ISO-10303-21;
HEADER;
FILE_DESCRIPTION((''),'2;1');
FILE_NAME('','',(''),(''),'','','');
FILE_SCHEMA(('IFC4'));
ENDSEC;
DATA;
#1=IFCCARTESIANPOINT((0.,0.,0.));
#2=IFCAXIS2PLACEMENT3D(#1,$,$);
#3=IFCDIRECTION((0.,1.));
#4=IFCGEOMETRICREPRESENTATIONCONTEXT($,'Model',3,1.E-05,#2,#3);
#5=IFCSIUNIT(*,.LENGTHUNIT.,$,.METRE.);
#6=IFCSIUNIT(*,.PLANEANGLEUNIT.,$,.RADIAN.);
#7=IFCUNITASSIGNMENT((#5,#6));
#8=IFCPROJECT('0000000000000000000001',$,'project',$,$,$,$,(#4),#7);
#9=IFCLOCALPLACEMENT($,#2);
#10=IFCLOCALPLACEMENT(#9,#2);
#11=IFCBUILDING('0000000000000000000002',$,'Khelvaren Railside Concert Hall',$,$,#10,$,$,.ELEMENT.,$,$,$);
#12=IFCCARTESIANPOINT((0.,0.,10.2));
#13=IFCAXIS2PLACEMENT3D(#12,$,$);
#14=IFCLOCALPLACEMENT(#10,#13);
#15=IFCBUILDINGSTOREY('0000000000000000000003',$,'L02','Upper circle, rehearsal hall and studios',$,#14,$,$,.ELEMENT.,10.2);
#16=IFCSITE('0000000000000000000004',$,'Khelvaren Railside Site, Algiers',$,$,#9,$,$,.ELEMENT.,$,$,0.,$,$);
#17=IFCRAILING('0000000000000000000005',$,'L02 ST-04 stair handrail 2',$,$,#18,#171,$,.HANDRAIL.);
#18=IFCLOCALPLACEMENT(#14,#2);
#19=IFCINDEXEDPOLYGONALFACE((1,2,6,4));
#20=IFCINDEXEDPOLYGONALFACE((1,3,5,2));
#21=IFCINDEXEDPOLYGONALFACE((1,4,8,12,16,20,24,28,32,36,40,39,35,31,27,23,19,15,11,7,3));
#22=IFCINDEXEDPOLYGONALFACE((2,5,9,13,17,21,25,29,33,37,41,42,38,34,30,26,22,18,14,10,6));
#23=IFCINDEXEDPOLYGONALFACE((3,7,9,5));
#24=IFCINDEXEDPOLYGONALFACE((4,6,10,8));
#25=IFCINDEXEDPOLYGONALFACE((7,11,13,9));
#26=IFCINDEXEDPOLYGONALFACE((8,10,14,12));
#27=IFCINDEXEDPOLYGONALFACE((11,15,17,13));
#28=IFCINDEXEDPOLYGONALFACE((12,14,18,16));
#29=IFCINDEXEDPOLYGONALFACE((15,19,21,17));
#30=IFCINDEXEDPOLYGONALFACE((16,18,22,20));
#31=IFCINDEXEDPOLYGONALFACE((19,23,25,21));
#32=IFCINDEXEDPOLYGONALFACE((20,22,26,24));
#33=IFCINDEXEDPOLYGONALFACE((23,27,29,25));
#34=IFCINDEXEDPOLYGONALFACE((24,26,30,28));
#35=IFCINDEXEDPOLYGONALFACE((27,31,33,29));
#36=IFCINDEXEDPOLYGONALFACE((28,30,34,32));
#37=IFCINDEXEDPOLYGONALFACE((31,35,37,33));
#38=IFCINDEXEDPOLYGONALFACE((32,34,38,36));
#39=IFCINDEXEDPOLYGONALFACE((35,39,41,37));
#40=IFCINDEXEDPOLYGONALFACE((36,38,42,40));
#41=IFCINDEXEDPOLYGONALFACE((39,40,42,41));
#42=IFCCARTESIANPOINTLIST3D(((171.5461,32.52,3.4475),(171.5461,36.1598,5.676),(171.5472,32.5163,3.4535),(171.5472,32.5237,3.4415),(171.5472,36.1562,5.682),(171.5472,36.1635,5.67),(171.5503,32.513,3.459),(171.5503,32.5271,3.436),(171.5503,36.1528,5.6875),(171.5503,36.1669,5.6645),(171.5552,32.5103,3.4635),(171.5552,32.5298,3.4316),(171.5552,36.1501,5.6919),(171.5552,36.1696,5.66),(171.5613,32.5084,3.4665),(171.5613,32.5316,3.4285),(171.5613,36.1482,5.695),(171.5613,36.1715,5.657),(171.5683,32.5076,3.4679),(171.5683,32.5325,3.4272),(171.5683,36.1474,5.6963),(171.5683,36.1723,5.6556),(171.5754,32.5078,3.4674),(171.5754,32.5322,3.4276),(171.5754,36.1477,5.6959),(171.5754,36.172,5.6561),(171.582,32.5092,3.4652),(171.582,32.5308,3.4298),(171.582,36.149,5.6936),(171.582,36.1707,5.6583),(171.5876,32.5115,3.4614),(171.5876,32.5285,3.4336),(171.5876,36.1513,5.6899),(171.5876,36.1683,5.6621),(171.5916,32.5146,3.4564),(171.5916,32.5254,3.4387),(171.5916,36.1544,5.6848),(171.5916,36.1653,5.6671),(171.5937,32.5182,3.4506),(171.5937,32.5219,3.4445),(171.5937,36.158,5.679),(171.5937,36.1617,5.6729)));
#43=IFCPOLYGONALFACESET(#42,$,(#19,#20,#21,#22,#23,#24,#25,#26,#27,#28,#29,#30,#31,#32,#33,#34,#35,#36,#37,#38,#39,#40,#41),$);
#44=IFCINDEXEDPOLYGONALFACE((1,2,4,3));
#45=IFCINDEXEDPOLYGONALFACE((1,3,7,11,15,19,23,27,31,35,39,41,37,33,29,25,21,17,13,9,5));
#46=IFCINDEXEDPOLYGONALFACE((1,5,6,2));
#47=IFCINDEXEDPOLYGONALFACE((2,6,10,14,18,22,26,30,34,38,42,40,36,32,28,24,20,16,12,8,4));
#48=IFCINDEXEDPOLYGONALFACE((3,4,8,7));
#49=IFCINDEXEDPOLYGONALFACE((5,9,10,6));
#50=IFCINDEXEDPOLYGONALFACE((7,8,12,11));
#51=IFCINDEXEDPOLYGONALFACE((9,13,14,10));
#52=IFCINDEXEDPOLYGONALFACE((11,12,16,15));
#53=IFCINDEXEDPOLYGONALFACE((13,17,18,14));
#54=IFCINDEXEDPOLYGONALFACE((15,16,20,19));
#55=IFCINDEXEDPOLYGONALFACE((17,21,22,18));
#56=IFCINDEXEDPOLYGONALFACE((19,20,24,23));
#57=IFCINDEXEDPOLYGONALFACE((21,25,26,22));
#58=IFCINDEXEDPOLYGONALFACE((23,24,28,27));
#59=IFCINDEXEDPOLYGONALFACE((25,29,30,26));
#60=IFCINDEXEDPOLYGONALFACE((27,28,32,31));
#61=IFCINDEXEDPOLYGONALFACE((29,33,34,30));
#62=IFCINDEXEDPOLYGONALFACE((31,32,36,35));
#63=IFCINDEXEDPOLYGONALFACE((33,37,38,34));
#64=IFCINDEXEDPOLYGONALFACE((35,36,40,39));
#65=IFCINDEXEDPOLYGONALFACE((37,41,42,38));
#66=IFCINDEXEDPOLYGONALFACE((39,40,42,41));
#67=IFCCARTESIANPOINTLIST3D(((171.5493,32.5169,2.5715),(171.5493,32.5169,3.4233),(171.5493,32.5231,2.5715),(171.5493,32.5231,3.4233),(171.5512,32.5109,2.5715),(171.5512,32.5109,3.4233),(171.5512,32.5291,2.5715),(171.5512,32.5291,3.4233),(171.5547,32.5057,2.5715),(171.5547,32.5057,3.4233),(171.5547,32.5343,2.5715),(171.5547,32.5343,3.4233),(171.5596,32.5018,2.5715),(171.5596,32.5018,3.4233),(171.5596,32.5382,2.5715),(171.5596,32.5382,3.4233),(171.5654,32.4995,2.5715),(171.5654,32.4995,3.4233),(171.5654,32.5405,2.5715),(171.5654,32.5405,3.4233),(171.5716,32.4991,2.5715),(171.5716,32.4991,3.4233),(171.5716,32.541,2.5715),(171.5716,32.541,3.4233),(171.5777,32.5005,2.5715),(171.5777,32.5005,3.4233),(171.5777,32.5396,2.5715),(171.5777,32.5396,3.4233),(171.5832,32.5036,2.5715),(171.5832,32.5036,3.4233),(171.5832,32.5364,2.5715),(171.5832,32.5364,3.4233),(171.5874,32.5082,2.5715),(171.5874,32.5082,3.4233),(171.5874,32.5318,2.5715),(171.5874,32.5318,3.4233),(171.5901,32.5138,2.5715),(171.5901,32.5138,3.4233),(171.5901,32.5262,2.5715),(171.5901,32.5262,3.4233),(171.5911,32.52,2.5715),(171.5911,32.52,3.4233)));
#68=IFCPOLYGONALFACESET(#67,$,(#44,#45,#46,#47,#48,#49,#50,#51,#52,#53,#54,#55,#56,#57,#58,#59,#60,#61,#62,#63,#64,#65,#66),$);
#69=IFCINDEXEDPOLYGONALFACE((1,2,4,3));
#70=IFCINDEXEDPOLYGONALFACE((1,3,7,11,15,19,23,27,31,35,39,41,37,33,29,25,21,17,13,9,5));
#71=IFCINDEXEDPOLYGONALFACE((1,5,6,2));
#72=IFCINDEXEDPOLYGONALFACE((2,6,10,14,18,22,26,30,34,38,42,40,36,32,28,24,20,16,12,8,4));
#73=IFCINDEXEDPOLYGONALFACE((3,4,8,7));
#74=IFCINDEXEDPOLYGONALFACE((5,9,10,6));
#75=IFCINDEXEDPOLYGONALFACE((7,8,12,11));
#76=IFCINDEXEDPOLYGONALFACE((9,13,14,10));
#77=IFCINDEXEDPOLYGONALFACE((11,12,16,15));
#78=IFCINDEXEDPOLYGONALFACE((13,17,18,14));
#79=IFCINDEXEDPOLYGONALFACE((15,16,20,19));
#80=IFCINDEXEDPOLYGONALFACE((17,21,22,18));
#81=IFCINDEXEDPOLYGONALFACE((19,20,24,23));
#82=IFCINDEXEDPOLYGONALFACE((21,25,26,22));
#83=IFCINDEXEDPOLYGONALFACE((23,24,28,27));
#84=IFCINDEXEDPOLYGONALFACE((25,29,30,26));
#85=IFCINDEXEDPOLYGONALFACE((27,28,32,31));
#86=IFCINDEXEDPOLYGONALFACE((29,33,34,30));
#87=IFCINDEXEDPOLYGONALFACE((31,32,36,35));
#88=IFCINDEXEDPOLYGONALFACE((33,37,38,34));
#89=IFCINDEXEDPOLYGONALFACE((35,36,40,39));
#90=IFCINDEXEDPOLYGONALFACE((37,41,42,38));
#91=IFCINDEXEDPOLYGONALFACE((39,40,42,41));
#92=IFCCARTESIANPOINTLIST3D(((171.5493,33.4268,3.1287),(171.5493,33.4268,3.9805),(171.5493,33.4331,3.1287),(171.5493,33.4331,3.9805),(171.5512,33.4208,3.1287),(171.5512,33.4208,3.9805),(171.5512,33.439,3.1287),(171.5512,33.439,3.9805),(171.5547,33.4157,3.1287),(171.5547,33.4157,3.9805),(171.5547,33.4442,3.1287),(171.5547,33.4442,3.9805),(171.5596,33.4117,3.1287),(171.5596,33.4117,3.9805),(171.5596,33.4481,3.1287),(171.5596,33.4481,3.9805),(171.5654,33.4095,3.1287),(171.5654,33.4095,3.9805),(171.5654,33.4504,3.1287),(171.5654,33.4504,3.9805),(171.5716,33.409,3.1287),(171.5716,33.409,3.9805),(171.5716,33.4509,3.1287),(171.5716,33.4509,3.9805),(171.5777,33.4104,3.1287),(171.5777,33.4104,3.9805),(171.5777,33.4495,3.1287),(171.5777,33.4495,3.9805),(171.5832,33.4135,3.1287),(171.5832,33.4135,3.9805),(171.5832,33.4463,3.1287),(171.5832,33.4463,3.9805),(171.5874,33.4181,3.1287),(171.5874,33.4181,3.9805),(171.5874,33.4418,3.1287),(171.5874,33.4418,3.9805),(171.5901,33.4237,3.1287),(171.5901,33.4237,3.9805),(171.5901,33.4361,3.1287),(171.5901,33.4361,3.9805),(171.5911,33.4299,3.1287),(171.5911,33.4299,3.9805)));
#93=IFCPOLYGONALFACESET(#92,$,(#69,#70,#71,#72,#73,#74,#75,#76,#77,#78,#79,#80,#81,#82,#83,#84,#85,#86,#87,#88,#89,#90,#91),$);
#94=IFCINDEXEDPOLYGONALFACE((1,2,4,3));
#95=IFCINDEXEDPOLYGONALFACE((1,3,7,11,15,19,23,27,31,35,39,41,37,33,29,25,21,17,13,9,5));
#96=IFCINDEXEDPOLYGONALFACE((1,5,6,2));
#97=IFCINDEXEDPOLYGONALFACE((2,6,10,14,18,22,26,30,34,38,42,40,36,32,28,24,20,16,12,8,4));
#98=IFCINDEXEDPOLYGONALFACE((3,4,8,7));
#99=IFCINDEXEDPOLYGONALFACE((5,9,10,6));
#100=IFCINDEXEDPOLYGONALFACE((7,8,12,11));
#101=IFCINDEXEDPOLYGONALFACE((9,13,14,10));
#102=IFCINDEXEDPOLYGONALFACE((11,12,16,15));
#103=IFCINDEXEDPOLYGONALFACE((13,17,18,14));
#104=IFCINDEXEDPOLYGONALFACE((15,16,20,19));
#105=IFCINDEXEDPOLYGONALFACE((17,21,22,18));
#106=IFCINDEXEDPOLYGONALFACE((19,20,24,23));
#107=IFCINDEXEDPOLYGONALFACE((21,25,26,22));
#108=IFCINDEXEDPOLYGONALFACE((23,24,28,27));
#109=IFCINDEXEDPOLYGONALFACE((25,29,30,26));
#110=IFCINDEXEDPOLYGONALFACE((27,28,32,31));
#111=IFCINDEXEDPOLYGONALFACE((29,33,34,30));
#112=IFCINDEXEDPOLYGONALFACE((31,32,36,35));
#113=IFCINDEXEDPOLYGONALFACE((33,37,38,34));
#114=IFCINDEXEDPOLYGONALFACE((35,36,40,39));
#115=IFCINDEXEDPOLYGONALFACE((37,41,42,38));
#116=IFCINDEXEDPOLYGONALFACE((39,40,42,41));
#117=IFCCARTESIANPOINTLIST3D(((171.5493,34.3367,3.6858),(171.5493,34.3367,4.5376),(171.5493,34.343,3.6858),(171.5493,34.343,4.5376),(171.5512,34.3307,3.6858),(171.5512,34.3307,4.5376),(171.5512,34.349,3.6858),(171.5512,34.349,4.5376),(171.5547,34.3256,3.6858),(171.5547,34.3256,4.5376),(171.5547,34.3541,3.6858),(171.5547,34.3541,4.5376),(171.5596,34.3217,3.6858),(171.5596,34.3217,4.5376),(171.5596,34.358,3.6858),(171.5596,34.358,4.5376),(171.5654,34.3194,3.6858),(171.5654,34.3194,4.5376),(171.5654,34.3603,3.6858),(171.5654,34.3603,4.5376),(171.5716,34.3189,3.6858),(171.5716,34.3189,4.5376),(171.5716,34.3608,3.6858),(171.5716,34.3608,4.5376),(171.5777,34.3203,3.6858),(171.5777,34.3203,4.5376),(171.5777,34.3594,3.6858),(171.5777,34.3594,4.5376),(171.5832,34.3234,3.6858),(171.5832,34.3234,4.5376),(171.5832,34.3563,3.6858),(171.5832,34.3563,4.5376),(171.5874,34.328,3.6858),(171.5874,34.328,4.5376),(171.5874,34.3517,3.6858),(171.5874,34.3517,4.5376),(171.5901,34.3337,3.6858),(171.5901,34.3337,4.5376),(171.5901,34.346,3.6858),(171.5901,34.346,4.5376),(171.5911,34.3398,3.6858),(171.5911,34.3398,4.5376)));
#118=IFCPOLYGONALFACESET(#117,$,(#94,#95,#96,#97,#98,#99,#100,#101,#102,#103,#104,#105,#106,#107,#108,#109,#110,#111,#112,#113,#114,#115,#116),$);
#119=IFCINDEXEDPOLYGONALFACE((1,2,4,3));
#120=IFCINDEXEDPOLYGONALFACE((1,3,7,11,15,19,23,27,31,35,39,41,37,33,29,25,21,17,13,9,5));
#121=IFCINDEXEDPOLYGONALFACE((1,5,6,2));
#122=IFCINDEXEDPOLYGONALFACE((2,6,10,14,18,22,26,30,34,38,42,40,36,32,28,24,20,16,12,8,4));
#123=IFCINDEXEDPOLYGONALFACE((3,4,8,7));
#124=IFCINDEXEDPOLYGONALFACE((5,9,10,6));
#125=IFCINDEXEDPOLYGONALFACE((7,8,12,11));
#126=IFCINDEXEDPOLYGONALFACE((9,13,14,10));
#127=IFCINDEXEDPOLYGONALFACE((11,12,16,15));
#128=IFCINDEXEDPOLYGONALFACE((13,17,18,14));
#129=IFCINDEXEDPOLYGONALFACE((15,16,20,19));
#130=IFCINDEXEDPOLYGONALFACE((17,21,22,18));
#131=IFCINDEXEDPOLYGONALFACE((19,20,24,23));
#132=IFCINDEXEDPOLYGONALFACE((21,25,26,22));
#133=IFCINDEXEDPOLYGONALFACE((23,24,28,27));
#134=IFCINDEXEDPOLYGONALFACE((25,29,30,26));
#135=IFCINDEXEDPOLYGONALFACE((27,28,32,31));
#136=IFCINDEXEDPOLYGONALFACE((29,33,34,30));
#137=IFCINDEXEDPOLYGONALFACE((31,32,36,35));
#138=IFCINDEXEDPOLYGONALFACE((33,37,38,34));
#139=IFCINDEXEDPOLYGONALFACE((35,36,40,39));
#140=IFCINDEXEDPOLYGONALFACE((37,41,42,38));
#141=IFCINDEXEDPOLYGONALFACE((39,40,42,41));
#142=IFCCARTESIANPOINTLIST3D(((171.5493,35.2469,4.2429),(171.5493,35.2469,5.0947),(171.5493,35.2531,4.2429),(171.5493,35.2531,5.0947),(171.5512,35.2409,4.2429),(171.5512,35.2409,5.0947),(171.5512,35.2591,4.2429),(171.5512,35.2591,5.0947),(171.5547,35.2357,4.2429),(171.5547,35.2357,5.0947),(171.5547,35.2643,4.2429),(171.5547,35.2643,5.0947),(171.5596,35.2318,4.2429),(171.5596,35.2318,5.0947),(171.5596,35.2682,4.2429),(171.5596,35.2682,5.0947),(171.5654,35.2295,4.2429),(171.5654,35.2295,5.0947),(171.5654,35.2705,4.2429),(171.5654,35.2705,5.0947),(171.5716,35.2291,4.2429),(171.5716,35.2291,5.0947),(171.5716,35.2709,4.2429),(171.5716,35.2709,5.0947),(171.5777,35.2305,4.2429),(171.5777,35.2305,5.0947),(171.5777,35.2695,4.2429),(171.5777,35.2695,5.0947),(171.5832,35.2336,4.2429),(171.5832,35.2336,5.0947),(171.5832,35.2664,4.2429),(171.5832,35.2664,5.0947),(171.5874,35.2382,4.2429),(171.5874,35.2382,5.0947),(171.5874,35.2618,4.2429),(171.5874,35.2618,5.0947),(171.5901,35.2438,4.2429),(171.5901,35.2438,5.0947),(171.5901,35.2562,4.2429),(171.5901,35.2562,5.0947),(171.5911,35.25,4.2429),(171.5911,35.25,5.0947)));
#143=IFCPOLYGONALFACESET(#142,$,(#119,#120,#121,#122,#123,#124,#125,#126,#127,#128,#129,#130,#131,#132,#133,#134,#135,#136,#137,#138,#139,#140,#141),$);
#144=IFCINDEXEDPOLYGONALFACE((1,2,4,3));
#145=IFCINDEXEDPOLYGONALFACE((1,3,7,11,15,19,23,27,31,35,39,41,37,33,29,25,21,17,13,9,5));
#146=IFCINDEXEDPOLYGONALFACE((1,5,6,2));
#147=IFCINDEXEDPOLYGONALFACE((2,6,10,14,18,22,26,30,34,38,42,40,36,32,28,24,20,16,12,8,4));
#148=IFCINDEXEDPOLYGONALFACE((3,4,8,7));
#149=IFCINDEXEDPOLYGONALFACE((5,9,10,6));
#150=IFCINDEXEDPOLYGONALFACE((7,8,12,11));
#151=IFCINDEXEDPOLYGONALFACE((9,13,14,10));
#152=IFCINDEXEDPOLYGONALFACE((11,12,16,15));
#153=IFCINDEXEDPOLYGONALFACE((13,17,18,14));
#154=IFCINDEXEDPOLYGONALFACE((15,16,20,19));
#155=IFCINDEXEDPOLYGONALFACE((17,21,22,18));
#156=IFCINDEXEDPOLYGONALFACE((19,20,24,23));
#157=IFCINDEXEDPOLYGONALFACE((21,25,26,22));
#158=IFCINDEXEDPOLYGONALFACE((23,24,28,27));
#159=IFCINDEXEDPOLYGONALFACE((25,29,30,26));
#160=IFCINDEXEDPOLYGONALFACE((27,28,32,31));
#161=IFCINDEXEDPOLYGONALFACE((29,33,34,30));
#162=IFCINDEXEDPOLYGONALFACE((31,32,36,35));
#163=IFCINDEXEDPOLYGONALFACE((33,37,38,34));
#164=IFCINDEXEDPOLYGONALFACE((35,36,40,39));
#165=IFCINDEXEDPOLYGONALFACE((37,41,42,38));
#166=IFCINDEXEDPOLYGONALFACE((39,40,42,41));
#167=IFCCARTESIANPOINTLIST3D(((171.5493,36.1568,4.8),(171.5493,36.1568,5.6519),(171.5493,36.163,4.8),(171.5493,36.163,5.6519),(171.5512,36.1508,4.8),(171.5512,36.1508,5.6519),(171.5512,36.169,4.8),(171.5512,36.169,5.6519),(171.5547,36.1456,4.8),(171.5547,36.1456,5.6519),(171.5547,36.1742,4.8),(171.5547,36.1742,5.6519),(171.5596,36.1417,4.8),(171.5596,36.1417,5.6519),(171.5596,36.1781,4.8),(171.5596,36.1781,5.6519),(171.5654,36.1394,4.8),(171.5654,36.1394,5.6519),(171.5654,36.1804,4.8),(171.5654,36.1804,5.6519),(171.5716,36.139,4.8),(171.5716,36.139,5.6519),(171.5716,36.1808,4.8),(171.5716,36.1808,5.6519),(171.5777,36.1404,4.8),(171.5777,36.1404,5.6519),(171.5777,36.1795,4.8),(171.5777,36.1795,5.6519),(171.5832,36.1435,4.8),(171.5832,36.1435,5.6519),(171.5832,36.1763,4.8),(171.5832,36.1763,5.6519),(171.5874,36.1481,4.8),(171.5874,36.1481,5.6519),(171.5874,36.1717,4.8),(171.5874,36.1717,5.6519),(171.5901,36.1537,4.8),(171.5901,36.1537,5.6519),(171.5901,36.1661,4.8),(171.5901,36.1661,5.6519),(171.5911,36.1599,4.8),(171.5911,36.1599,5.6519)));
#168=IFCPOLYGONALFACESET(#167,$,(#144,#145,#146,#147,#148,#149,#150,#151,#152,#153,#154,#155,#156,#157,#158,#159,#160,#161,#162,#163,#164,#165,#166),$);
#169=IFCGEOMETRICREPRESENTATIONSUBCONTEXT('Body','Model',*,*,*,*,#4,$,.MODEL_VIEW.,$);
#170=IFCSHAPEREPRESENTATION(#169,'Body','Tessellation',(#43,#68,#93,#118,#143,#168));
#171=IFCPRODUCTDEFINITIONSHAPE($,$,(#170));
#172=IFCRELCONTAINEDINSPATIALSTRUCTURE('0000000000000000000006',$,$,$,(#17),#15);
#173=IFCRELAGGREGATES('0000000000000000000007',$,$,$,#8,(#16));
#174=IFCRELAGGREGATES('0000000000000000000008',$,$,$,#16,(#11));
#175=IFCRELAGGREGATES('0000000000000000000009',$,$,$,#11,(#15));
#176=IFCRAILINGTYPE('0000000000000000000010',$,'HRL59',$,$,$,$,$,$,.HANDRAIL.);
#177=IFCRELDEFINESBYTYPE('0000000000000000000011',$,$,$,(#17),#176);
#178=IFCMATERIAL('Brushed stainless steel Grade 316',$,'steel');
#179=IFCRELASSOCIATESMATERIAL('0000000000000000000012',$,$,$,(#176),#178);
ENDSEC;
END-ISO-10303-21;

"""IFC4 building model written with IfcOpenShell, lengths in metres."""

from ifc_helpers import new_model, si_unit, direction, frame, origin, origin_2d, place, context, subcontext, project, spatial, circle, extrude, material, type_object, element, save


model = new_model("IFC4")

# Units and contexts
model_context = context("Model", 3, precision=1e-05, world=origin(), true_north=direction((0.0, 1.0)))
body_context = subcontext(model_context, "Body", "Model", "MODEL_VIEW")
ifc_project = project(units=[si_unit("LENGTHUNIT", "METRE"), si_unit("PLANEANGLEUNIT", "RADIAN")], contexts=[model_context])

# Site, building, storey
site_placement = place(None, origin())
site = spatial("IfcSite", under=ifc_project, at=site_placement, Name="Khelvaren Railside Site, Algiers", CompositionType="ELEMENT", RefElevation=0.0)
building_placement = place(site_placement, origin())
building = spatial("IfcBuilding", under=site, at=building_placement, Name="Khelvaren Railside Concert Hall", CompositionType="ELEMENT")
storey_placement = place(building_placement, frame((0.0, 0.0, 10.2)))
storey = spatial("IfcBuildingStorey", under=building, at=storey_placement, Name="L02", Description="Upper circle, rehearsal hall and studios", CompositionType="ELEMENT", Elevation=10.2)

# Railing
ifc_material_1 = material(Name="Brushed stainless steel Grade 316", Category="steel")
railing_type_1 = type_object("IfcRailingType", Name="HRL59", PredefinedType="HANDRAIL", material=ifc_material_1)
railing_1_placement = place(storey_placement, frame((171.5701, 32.52, 2.5715)))
element("IfcRailing", 1, at=railing_1_placement, inside=storey, type_object=railing_type_1, Name="L02 ST-04 stair handrail 2", PredefinedType="HANDRAIL", context=body_context, shape_type="SweptSolid", body=[
    extrude(circle(Radius=0.0239, at=origin_2d()), frame((0.0, 0.0, 0.876), z_axis=(0.0, 0.85285, 0.522156), x_axis=(-1.0, 0.0, 0.0)), (0.0, 0.0, 1.0), 4.2678),
    extrude(circle(Radius=0.021, at=origin_2d()), origin(), (0.0, 0.0, 1.0), 0.8518),
    extrude(circle(Radius=0.021, at=origin_2d()), frame((0.0, 0.9099, 0.5571)), (0.0, 0.0, 1.0), 0.8518),
    extrude(circle(Radius=0.021, at=origin_2d()), frame((0.0, 1.8198, 1.1143)), (0.0, 0.0, 1.0), 0.8518),
    extrude(circle(Radius=0.021, at=origin_2d()), frame((0.0, 2.73, 1.6714)), (0.0, 0.0, 1.0), 0.8518),
    extrude(circle(Radius=0.021, at=origin_2d()), frame((0.0, 3.6399, 2.2285)), (0.0, 0.0, 1.0), 0.8518),
])

save(model, "model.ifc")
